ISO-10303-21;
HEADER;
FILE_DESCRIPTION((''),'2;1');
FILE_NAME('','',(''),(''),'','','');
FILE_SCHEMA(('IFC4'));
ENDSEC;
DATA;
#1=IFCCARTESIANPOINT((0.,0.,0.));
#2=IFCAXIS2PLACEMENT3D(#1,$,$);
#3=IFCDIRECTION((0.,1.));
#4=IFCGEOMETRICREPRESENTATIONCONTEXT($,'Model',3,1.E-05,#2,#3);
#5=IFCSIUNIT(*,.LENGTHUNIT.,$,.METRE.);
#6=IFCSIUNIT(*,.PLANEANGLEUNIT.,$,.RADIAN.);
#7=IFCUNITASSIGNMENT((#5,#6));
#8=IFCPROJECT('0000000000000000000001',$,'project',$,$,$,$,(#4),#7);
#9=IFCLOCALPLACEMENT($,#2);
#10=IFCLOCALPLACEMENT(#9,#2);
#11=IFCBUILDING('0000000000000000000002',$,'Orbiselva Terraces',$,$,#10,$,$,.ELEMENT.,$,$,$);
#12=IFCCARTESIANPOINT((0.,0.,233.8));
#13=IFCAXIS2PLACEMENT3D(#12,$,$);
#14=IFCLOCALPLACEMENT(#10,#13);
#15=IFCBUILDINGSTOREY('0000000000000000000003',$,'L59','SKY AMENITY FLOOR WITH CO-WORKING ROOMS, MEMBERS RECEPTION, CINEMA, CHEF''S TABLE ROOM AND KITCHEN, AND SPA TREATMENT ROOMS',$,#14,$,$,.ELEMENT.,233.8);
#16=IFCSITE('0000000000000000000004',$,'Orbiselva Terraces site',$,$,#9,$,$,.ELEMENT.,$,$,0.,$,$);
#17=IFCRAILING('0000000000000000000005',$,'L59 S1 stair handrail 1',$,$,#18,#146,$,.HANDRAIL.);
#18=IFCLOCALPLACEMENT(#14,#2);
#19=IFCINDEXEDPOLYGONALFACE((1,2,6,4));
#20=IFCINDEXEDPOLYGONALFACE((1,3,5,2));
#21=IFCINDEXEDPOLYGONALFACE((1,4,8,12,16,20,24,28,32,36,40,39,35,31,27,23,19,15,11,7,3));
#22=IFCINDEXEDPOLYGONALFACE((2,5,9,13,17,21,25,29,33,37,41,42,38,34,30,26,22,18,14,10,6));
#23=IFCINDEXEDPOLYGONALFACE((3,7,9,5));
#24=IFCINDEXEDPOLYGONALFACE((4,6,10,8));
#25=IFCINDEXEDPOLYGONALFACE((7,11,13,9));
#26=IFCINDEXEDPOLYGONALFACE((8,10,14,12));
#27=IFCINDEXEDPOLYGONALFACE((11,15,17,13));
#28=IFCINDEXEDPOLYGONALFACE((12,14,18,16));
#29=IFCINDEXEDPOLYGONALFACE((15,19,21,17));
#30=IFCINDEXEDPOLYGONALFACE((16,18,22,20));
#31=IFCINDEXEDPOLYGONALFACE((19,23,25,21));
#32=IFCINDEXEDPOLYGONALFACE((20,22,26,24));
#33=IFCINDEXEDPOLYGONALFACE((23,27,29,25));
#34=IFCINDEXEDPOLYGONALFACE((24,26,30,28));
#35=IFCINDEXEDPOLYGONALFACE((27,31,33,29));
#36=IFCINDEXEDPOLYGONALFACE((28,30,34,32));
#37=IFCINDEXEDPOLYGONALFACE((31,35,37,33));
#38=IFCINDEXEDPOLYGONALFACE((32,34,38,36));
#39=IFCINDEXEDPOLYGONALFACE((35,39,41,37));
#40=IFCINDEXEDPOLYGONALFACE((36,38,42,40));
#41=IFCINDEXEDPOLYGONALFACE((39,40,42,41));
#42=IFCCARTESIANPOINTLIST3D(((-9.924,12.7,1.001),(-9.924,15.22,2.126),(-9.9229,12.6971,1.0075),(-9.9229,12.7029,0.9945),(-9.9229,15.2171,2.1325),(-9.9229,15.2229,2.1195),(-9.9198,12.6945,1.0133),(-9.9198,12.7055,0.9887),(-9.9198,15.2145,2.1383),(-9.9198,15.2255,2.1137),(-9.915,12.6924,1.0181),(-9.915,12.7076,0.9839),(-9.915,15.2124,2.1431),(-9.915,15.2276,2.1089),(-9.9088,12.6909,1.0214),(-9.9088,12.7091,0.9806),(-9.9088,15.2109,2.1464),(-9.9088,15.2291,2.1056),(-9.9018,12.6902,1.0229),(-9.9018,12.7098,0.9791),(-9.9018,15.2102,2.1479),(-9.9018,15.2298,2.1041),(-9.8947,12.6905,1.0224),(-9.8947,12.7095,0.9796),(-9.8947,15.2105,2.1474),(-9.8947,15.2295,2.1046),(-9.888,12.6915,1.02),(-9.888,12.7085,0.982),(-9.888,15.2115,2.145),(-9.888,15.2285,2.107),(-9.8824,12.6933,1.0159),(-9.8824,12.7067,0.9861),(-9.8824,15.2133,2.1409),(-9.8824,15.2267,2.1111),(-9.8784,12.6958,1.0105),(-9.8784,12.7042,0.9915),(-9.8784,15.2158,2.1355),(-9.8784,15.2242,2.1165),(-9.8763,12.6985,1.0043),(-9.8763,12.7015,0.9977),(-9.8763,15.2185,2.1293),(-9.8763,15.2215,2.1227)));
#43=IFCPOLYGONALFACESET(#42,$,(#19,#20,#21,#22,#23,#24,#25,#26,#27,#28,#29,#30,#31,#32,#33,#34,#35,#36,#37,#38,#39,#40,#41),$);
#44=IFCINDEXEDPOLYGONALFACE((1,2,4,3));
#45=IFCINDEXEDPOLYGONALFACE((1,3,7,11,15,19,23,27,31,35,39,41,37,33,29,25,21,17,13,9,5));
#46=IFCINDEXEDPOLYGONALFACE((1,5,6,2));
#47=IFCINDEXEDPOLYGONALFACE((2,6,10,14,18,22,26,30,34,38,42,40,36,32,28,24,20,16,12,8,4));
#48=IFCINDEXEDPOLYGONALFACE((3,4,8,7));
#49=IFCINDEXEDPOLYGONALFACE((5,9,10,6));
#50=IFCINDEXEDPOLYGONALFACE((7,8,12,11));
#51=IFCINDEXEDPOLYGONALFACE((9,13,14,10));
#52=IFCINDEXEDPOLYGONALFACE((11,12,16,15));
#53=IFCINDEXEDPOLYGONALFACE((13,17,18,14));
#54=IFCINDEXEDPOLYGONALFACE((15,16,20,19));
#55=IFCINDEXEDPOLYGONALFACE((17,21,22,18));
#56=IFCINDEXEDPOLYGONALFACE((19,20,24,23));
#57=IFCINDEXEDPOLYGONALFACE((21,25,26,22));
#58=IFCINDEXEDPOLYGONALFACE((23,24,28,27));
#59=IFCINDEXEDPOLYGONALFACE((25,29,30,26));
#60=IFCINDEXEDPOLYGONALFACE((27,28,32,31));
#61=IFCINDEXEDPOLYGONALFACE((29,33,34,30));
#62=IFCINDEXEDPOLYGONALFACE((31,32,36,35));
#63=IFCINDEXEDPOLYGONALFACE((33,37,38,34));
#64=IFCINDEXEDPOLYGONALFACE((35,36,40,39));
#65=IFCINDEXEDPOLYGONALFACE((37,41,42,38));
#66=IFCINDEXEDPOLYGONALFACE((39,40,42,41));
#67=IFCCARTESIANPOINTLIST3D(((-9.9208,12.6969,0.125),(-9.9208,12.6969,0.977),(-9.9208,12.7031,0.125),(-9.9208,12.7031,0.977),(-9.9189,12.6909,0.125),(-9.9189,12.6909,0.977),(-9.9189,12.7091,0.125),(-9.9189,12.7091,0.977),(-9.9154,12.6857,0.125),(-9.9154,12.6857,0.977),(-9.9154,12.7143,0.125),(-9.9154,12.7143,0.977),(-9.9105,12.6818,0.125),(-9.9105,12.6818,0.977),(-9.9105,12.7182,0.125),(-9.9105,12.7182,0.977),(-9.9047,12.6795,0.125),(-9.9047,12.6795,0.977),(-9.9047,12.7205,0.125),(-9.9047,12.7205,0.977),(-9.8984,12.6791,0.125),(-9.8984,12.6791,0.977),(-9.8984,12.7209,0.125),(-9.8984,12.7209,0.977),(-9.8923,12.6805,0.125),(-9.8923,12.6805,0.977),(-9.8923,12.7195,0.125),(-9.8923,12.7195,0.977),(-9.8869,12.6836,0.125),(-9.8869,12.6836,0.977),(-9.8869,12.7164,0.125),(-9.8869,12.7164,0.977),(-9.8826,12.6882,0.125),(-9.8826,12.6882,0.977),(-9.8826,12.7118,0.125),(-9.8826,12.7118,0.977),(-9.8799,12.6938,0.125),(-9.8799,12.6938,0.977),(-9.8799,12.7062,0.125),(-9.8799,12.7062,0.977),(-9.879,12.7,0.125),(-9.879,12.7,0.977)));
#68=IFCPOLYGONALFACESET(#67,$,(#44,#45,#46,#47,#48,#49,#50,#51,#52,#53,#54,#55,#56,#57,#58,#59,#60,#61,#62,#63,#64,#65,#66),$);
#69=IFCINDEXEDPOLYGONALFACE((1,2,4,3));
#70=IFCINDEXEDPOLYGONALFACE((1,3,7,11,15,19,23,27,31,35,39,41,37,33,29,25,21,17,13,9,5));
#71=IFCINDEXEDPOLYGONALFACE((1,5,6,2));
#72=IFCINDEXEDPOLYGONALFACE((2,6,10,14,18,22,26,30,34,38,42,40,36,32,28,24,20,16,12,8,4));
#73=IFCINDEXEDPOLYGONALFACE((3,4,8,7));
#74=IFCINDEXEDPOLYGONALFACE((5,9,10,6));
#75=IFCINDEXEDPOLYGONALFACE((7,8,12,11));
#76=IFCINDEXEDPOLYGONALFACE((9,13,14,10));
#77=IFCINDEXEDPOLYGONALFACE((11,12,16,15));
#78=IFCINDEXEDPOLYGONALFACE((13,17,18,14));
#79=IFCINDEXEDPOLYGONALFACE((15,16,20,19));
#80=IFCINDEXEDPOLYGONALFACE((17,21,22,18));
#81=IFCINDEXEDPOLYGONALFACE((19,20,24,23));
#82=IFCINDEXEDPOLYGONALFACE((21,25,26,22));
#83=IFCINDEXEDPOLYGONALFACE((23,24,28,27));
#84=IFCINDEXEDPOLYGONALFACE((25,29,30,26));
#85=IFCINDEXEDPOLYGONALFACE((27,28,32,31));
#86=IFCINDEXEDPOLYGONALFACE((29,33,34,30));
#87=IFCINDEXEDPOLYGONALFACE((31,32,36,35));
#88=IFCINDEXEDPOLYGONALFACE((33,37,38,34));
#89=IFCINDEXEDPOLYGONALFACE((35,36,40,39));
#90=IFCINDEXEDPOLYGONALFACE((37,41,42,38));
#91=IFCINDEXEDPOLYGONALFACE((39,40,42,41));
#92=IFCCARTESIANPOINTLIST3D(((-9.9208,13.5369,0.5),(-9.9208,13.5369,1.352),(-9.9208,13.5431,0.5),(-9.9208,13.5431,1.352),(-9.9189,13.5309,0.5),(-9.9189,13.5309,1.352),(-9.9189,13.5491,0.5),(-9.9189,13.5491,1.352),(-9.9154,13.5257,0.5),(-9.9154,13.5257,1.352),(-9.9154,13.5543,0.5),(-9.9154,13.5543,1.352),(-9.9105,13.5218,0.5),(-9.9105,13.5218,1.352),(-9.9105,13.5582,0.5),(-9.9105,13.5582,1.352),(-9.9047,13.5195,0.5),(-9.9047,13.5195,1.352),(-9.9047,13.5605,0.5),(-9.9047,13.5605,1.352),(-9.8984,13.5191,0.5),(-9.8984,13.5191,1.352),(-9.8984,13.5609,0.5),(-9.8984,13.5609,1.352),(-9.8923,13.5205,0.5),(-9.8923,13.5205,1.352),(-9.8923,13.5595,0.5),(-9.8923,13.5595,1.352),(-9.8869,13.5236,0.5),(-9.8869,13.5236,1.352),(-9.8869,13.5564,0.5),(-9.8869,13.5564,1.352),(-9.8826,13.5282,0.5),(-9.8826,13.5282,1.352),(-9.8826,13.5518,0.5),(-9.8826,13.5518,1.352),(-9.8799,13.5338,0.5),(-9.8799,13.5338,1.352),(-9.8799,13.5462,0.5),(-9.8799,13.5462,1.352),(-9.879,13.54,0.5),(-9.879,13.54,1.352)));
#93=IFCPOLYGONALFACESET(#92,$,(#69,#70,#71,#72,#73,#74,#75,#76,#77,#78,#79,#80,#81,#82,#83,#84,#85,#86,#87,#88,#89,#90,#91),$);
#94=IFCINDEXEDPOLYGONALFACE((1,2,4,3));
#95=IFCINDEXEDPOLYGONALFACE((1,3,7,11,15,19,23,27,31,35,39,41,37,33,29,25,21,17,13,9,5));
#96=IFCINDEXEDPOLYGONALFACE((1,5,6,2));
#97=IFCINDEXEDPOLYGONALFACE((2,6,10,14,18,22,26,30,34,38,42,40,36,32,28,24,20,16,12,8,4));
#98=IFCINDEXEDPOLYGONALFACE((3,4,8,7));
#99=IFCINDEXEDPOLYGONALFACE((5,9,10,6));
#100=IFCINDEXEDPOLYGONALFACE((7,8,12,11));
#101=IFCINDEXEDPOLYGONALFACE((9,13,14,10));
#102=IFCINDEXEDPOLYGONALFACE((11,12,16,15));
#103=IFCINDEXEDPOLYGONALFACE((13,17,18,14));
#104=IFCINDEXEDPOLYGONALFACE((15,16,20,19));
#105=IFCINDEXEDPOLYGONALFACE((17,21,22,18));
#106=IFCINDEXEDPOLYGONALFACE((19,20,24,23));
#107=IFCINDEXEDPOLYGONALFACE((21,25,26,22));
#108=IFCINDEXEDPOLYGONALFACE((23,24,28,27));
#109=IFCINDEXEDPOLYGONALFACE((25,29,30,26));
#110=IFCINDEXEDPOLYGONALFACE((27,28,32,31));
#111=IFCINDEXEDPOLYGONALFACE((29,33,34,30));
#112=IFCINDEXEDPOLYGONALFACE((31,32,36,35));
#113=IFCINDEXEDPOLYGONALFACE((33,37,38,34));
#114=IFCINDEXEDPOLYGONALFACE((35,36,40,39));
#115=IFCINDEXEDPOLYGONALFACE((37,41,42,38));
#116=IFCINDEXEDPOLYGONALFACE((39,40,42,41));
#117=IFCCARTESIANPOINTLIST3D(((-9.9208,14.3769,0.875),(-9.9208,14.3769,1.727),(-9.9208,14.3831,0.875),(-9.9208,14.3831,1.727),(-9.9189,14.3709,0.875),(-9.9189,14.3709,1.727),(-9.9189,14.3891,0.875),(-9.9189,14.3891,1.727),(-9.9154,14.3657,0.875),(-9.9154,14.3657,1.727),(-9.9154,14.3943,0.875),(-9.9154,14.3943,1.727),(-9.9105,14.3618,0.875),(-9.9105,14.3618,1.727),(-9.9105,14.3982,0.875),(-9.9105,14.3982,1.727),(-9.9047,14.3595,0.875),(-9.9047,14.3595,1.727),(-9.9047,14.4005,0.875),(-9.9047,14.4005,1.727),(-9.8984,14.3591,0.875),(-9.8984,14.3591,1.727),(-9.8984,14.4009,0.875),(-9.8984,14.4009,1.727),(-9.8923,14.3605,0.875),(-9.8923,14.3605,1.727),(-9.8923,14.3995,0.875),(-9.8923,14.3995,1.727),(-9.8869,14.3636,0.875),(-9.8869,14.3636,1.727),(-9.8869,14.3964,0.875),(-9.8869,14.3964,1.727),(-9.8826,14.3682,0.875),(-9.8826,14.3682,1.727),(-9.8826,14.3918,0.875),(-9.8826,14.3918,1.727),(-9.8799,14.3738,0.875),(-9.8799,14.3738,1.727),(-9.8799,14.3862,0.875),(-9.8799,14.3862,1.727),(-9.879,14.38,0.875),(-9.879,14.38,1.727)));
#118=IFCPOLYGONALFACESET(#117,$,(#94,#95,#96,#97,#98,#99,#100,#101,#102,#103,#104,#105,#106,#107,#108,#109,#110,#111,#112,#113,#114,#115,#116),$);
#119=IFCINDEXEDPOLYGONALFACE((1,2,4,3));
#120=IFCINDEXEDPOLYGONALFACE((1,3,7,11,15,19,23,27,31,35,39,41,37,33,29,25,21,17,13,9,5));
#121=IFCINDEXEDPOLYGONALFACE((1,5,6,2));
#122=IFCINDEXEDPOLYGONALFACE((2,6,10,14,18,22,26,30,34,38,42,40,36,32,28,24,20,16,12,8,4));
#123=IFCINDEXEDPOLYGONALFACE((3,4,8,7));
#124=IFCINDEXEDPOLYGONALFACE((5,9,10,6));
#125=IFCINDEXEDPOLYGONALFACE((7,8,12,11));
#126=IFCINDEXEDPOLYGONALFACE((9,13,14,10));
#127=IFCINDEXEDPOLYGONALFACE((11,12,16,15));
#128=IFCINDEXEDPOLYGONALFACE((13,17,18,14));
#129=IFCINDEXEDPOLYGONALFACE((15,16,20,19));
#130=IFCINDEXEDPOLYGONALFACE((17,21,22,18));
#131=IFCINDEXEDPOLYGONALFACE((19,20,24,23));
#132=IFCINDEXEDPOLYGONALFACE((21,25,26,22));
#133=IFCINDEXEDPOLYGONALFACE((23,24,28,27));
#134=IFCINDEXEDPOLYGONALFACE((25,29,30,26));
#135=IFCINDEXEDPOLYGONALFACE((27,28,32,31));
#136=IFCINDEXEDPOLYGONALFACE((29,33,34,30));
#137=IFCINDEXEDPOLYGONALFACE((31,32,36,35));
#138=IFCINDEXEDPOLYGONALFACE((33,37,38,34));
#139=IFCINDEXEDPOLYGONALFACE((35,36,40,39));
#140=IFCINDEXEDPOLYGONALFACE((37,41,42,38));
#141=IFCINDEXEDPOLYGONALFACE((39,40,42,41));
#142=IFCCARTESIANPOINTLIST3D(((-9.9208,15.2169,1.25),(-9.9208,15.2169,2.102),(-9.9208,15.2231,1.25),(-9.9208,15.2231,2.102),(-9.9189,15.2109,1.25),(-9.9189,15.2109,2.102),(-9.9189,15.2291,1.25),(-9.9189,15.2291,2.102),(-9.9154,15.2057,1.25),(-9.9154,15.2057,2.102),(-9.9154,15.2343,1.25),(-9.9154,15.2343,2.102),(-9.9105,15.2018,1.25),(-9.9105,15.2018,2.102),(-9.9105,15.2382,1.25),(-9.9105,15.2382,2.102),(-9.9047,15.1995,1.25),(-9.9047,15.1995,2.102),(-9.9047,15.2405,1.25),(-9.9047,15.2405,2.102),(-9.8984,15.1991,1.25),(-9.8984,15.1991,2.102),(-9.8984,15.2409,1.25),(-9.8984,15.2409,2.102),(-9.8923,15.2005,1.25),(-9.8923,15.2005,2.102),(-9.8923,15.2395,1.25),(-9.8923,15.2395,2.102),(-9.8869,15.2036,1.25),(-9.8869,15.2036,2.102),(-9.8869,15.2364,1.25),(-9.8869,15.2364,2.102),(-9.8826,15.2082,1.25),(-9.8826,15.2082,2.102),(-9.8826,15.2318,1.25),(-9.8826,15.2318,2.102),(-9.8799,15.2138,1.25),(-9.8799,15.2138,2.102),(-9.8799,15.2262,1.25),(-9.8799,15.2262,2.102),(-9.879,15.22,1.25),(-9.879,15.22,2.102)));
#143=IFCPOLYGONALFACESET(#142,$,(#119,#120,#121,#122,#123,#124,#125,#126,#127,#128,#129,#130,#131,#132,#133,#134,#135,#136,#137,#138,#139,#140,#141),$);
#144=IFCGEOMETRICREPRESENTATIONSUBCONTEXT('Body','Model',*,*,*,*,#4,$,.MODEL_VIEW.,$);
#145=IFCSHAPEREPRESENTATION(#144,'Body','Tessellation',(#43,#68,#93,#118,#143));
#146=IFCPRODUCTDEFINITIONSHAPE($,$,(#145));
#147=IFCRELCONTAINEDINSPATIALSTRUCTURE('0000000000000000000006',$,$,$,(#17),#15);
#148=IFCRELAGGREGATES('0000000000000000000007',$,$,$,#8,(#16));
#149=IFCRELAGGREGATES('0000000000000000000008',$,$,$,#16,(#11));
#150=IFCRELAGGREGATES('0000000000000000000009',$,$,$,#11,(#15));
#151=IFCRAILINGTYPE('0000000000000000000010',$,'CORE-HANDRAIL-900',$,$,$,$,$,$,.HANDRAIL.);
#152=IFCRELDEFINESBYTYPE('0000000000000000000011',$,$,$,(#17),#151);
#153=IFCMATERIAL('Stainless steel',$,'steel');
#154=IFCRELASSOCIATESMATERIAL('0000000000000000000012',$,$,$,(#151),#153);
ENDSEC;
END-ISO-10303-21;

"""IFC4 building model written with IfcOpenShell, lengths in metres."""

from ifc_helpers import new_model, si_unit, direction, frame, origin, origin_2d, place, context, subcontext, project, spatial, circle, extrude, material, type_object, element, save


model = new_model("IFC4")

# Units and contexts
model_context = context("Model", 3, precision=1e-05, world=origin(), true_north=direction((0.0, 1.0)))
body_context = subcontext(model_context, "Body", "Model", "MODEL_VIEW")
ifc_project = project(units=[si_unit("LENGTHUNIT", "METRE"), si_unit("PLANEANGLEUNIT", "RADIAN")], contexts=[model_context])

# Site, building, storey
site_placement = place(None, origin())
site = spatial("IfcSite", under=ifc_project, at=site_placement, Name="Orbiselva Terraces site", CompositionType="ELEMENT", RefElevation=0.0)
building_placement = place(site_placement, origin())
building = spatial("IfcBuilding", under=site, at=building_placement, Name="Orbiselva Terraces", CompositionType="ELEMENT")
storey_placement = place(building_placement, frame((0.0, 0.0, 233.8)))
storey = spatial("IfcBuildingStorey", under=building, at=storey_placement, Name="L59", Description="SKY AMENITY FLOOR WITH CO-WORKING ROOMS, MEMBERS RECEPTION, CINEMA, CHEF'S TABLE ROOM AND KITCHEN, AND SPA TREATMENT ROOMS", CompositionType="ELEMENT", Elevation=233.8)

# Railing
ifc_material_1 = material(Name="Stainless steel", Category="steel")
railing_type = type_object("IfcRailingType", Name="CORE-HANDRAIL-900", PredefinedType="HANDRAIL", material=ifc_material_1)
railing_1_placement = place(storey_placement, frame((-9.9, 12.7, 0.125)))
element("IfcRailing", 1, at=railing_1_placement, inside=storey, type_object=railing_type, Name="L59 S1 stair handrail 1", PredefinedType="HANDRAIL", context=body_context, shape_type="SweptSolid", body=[
    extrude(circle(Radius=0.024, at=origin_2d()), frame((0.0, 0.0, 0.876), z_axis=(0.0, 0.913138, 0.407651), x_axis=(-1.0, 0.0, 0.0)), (0.0, 0.0, 1.0), 2.7597),
    extrude(circle(Radius=0.021, at=origin_2d()), origin(), (0.0, 0.0, 1.0), 0.852),
    extrude(circle(Radius=0.021, at=origin_2d()), frame((0.0, 0.84, 0.375)), (0.0, 0.0, 1.0), 0.852),
    extrude(circle(Radius=0.021, at=origin_2d()), frame((0.0, 1.68, 0.75)), (0.0, 0.0, 1.0), 0.852),
    extrude(circle(Radius=0.021, at=origin_2d()), frame((0.0, 2.52, 1.125)), (0.0, 0.0, 1.0), 0.852),
])

save(model, "model.ifc")
